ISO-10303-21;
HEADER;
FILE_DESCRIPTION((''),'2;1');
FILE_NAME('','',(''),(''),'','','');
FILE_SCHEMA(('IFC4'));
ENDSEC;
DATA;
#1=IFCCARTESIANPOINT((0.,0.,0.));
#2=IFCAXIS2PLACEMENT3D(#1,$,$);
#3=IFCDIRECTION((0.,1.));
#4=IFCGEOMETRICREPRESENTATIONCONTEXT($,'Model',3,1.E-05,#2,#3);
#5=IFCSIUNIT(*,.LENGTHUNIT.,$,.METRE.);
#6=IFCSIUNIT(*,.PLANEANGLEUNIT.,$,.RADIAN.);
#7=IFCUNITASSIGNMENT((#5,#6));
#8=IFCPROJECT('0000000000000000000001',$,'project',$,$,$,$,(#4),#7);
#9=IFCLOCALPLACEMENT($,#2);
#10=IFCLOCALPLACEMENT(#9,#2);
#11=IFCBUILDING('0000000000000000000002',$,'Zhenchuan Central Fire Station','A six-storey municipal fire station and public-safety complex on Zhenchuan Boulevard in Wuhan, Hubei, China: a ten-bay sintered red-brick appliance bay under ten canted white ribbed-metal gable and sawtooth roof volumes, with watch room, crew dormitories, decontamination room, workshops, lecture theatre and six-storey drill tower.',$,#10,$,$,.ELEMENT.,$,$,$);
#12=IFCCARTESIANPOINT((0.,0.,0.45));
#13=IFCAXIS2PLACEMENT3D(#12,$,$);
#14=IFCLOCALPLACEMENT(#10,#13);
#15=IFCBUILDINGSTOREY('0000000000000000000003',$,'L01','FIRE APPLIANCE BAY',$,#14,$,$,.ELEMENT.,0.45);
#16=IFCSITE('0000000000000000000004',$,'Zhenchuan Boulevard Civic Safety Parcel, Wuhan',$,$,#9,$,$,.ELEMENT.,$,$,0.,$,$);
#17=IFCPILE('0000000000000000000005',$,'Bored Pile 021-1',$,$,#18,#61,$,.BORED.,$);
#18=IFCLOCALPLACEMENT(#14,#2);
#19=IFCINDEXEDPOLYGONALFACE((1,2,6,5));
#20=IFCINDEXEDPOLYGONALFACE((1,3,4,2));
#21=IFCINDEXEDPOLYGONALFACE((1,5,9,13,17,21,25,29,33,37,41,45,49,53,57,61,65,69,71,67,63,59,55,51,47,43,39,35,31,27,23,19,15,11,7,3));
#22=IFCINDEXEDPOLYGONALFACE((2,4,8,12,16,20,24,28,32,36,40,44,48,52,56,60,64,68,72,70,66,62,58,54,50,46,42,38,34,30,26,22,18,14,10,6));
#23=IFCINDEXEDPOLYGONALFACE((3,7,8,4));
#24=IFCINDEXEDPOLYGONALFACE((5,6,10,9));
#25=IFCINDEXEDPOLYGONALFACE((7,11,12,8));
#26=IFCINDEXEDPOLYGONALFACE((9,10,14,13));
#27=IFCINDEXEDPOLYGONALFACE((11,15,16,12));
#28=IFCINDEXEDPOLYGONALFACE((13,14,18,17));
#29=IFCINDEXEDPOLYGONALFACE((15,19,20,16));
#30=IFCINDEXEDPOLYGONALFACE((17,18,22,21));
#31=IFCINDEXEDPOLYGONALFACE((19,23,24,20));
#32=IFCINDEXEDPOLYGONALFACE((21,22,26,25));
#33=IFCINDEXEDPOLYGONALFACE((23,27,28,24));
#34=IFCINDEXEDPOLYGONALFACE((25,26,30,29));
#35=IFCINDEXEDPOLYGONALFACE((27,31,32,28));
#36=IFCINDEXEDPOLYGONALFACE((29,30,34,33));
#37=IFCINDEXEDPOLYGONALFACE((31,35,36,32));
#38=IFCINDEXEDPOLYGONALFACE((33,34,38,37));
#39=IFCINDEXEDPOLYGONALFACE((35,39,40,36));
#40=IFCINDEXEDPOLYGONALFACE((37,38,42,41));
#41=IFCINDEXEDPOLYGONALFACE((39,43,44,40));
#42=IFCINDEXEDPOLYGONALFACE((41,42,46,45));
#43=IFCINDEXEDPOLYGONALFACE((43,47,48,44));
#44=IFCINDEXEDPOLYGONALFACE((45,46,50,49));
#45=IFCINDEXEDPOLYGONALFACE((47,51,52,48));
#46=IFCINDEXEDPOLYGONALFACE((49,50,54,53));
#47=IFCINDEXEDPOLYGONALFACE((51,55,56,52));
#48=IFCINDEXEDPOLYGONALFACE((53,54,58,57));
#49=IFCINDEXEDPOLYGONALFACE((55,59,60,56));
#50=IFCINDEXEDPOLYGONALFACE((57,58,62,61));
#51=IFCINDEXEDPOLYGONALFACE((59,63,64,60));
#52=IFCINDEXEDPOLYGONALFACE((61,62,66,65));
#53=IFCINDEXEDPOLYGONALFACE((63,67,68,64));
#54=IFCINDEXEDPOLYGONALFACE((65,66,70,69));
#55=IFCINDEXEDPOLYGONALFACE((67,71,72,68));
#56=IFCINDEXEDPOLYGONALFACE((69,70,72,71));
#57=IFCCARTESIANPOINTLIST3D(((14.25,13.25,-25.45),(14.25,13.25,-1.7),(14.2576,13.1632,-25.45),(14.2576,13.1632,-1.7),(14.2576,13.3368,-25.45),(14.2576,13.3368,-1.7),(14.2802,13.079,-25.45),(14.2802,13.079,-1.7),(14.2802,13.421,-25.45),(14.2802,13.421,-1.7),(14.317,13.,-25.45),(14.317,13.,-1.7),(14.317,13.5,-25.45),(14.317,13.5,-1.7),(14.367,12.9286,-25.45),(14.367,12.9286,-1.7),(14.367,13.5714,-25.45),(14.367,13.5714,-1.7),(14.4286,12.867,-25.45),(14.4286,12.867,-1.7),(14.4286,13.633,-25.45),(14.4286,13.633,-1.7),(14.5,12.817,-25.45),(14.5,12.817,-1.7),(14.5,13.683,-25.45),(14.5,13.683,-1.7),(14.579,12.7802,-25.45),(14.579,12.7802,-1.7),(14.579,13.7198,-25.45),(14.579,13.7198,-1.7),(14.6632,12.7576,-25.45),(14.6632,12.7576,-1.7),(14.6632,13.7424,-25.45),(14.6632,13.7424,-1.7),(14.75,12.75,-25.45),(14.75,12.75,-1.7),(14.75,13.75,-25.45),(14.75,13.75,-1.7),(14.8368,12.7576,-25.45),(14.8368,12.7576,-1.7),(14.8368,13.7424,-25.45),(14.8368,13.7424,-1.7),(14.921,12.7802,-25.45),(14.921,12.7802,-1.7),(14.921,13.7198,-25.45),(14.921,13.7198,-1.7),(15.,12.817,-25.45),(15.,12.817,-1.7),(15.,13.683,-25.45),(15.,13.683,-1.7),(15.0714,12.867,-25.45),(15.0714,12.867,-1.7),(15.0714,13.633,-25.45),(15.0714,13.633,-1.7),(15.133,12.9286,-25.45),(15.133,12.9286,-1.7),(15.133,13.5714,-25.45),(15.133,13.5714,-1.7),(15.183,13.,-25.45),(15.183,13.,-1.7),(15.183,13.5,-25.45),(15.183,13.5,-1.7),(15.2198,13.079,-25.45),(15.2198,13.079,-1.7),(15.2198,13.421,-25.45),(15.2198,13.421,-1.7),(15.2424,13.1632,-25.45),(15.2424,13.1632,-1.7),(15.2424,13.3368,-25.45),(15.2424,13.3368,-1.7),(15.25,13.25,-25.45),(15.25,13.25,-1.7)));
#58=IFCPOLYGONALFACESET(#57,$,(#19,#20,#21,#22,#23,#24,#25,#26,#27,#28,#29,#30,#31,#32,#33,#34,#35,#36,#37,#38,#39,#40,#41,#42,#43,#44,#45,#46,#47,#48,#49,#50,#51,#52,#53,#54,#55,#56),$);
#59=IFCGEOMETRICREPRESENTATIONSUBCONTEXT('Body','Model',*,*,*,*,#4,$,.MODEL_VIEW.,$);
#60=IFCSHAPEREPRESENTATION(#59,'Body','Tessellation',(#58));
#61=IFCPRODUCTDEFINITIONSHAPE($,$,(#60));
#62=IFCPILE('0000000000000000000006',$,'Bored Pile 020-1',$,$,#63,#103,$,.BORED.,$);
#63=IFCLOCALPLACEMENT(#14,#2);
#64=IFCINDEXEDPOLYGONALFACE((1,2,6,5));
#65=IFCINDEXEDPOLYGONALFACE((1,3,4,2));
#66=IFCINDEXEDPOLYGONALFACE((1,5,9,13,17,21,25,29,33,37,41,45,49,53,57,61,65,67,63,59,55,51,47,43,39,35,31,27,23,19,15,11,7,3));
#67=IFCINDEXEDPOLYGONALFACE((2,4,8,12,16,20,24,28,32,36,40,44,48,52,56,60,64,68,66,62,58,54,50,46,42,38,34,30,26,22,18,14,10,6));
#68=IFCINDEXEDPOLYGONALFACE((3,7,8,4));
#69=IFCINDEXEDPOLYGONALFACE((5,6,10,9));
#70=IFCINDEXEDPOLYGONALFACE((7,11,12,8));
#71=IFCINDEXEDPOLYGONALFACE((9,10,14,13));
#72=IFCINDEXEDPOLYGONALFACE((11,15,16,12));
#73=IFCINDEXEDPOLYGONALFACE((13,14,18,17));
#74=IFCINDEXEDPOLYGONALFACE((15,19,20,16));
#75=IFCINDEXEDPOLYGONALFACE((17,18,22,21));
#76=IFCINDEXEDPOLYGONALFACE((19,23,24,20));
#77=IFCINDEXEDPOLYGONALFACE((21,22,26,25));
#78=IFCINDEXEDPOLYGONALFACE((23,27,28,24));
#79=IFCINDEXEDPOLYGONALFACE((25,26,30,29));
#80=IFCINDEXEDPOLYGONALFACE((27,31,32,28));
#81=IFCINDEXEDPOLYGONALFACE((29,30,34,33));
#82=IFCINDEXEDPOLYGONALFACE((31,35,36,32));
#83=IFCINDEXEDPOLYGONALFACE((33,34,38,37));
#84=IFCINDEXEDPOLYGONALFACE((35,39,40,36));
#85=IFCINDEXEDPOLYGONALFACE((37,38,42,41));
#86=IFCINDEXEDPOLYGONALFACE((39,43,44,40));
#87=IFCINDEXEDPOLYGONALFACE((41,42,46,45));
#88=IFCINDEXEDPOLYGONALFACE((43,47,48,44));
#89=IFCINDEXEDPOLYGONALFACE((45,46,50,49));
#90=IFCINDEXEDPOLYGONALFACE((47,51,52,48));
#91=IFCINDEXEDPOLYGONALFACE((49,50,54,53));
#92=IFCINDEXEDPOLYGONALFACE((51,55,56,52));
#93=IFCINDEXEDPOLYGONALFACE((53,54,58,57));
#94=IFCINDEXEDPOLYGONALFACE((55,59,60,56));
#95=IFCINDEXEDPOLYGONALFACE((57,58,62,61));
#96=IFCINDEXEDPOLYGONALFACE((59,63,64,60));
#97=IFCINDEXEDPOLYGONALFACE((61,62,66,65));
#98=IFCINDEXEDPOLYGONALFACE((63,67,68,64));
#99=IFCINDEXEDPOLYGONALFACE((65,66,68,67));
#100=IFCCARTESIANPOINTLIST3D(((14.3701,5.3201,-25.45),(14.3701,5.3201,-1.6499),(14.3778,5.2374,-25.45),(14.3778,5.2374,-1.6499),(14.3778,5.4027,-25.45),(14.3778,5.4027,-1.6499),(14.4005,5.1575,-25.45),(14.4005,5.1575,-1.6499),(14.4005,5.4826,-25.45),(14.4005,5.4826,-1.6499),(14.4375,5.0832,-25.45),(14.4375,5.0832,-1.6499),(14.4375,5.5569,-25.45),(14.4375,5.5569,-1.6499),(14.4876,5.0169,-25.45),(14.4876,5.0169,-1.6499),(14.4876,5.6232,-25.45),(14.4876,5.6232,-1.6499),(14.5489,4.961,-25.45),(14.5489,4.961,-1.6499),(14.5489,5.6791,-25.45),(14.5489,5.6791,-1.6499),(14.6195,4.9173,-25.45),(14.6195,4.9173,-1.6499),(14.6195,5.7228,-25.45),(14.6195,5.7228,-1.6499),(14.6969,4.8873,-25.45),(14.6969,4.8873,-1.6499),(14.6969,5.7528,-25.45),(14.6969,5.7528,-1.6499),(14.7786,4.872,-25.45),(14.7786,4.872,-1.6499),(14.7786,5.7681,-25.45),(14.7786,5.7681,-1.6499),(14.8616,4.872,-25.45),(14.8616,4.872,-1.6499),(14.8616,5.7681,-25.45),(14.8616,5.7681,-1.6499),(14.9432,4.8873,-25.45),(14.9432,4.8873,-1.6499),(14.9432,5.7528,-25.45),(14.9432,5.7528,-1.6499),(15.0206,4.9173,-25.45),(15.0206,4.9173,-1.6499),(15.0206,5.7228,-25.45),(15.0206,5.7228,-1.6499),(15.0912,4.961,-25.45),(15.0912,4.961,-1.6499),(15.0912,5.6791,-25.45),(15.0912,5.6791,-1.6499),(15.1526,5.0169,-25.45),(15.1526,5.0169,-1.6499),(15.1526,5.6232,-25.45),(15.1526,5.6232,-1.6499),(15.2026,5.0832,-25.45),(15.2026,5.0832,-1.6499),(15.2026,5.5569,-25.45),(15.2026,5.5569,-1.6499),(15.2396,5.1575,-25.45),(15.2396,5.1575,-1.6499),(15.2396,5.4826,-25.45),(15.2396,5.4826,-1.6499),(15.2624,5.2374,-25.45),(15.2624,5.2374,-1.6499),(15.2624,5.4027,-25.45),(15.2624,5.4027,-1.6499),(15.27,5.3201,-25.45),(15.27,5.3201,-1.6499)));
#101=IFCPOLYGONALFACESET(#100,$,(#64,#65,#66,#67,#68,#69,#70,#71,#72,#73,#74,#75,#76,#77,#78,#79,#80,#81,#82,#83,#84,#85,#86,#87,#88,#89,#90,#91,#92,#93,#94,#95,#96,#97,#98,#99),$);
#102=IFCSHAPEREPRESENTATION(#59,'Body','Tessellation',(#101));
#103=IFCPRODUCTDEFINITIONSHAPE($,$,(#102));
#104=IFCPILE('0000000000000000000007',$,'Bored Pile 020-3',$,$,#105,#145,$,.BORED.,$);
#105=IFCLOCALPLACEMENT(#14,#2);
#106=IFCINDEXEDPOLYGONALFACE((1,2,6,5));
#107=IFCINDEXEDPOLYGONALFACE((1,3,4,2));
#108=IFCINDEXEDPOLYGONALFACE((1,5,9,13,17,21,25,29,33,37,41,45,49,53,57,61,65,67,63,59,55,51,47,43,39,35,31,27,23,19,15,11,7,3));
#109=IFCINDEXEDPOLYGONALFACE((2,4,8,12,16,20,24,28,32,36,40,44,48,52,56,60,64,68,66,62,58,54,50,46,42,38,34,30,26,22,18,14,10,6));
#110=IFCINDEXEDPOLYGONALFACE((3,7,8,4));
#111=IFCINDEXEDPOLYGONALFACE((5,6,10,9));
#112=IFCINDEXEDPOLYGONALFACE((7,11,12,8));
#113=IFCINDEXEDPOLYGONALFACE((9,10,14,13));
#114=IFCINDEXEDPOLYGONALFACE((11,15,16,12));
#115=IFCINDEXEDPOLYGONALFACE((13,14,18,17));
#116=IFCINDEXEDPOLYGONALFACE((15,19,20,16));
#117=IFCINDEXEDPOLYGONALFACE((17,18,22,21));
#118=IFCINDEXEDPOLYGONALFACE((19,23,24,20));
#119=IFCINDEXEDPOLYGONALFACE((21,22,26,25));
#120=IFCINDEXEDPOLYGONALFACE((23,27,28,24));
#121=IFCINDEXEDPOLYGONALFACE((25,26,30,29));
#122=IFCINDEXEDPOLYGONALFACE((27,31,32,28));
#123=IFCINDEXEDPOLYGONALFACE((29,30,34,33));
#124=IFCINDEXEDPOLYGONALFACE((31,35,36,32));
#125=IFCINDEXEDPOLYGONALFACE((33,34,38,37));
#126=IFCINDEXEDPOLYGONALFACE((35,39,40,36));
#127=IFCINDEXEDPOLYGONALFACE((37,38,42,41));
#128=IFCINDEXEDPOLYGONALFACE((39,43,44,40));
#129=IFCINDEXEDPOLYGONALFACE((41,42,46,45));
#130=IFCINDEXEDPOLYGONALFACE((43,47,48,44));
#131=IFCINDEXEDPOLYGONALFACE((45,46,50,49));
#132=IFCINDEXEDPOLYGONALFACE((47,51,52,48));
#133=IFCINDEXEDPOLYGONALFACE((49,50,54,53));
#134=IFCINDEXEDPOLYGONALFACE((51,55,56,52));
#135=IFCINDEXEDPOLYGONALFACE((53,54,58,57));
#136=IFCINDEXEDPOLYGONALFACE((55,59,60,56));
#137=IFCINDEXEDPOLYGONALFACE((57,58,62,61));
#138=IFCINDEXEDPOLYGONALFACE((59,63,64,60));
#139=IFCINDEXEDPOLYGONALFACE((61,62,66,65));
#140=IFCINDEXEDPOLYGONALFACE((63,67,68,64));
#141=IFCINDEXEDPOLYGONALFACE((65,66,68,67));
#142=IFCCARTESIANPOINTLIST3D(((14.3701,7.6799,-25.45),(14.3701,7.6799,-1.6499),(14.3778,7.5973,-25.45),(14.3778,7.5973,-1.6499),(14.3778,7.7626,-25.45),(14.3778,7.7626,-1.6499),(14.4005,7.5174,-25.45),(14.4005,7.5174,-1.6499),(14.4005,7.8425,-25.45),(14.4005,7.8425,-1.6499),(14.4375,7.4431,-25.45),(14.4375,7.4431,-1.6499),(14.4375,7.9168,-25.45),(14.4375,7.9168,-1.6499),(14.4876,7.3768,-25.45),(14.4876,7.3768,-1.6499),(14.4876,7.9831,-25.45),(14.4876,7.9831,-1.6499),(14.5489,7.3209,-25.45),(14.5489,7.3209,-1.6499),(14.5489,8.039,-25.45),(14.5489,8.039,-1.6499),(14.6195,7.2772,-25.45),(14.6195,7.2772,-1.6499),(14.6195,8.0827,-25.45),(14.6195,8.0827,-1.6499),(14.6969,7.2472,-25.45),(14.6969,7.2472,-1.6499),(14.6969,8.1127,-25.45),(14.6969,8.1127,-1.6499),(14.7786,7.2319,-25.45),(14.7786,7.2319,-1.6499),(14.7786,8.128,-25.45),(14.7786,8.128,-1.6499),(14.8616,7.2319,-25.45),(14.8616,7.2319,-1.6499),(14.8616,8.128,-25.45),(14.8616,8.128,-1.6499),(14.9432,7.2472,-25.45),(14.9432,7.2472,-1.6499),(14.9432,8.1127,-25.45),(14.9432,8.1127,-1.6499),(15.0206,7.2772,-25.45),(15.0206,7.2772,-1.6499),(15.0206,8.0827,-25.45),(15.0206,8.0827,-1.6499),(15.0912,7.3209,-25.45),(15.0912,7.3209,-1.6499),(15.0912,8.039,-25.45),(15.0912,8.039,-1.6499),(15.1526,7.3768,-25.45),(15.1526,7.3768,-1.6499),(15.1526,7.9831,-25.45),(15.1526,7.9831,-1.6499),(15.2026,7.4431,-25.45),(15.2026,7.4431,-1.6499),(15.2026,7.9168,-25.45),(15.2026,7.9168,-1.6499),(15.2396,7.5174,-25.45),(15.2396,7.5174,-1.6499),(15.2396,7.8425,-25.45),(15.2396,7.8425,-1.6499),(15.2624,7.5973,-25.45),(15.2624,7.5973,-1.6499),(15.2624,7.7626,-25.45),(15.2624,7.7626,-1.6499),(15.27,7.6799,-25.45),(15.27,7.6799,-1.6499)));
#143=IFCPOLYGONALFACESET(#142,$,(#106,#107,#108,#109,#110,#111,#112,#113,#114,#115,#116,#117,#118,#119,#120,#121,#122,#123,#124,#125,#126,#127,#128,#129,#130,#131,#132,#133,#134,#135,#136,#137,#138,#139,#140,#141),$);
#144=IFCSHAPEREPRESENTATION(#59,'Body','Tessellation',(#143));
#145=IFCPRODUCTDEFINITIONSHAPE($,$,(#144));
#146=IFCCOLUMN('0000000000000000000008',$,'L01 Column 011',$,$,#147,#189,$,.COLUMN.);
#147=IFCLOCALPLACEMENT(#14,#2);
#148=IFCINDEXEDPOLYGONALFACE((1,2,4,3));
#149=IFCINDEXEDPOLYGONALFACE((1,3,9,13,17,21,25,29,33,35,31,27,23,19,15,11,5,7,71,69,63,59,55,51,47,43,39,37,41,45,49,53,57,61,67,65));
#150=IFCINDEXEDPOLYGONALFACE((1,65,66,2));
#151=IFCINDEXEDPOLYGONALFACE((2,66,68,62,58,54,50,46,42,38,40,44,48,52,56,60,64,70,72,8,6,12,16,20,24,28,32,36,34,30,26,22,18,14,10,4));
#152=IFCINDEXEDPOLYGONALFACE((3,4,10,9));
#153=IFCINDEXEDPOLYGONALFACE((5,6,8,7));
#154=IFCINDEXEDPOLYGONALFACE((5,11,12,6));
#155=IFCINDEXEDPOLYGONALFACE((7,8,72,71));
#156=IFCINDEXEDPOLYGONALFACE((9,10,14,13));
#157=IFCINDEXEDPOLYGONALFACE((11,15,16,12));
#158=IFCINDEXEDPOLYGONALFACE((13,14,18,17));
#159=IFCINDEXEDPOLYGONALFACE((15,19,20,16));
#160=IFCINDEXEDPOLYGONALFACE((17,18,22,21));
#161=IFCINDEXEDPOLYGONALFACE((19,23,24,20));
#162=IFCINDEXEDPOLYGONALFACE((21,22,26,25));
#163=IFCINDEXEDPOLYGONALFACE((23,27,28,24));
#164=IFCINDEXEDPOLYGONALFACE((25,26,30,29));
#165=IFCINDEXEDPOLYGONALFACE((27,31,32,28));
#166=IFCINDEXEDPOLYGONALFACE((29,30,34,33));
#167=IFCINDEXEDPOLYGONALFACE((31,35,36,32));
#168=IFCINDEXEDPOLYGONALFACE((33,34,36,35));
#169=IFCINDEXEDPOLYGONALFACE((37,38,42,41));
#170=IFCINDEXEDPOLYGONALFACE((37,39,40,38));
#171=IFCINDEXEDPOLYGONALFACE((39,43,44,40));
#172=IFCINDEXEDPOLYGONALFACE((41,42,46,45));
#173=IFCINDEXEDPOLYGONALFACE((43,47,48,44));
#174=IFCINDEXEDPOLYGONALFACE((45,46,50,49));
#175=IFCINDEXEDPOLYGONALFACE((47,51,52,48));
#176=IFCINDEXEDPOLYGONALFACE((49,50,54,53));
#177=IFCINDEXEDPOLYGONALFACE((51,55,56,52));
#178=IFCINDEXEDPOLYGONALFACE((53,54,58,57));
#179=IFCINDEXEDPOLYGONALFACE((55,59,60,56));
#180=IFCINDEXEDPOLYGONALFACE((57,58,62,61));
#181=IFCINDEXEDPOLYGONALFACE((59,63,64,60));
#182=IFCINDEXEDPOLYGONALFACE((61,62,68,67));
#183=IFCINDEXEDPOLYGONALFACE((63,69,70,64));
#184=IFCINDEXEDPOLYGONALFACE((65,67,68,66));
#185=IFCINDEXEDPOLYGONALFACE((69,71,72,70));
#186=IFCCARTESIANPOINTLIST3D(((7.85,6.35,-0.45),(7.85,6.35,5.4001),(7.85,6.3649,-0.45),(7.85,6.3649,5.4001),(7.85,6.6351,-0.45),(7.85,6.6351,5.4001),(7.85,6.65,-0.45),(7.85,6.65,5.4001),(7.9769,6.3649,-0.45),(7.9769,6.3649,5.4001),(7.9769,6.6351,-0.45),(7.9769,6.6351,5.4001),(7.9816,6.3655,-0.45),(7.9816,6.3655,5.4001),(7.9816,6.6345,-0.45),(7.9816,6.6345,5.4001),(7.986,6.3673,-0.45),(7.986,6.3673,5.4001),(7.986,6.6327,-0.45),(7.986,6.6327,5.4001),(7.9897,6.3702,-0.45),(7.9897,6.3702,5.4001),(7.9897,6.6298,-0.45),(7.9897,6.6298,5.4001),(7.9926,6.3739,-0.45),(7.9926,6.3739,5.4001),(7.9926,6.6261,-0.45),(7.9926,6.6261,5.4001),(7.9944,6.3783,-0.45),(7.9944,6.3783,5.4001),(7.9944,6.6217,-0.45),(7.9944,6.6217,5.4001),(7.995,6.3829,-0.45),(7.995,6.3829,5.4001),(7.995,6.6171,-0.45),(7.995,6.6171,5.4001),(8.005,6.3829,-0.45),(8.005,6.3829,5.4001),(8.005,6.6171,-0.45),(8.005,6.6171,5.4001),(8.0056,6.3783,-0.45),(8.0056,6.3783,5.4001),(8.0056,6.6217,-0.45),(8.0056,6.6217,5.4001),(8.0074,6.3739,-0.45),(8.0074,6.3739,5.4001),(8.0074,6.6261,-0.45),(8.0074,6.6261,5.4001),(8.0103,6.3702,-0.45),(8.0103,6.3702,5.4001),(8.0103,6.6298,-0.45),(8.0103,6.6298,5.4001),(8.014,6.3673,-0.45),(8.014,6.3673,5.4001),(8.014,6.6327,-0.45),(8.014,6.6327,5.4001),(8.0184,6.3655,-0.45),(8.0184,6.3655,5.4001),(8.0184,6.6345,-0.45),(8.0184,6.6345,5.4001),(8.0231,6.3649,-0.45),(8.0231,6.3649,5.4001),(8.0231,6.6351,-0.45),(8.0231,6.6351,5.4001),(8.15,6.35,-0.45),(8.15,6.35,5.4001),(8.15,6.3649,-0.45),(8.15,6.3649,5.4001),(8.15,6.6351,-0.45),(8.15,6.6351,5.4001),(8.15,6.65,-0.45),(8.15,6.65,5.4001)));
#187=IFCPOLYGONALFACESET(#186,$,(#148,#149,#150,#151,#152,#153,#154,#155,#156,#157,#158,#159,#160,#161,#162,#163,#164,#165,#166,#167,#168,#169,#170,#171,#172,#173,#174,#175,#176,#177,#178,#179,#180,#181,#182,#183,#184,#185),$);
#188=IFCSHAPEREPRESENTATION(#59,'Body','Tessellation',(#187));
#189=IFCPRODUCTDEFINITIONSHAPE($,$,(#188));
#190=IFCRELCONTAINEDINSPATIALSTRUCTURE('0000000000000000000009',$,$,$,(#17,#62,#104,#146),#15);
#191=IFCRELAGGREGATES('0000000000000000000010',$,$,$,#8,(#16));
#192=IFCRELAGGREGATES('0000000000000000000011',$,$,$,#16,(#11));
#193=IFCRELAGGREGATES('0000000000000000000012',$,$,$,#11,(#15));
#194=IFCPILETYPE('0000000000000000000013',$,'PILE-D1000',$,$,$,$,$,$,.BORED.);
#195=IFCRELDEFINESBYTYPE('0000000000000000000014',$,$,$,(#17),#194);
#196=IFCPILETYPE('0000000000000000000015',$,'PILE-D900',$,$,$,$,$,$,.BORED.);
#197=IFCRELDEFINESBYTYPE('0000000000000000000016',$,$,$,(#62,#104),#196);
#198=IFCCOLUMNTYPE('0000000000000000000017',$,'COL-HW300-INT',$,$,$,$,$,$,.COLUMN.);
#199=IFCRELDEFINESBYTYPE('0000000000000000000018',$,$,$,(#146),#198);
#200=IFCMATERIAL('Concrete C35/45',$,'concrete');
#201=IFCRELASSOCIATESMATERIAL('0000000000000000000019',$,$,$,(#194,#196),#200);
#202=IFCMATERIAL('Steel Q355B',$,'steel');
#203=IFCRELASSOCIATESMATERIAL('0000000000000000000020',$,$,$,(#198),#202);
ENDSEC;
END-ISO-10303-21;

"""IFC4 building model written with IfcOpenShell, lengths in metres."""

from ifc_helpers import new_model, si_unit, direction, frame, origin, origin_2d, place, context, subcontext, project, spatial, circle, i_section, extrude, material, material_profile, profile_set, type_object, element, save


model = new_model("IFC4")

# Units and contexts
model_context = context("Model", 3, precision=1e-05, world=origin(), true_north=direction((0.0, 1.0)))
body_context = subcontext(model_context, "Body", "Model", "MODEL_VIEW")
ifc_project = project(units=[si_unit("LENGTHUNIT", "METRE"), si_unit("PLANEANGLEUNIT", "RADIAN")], contexts=[model_context])

# Site, building, storey
site_placement = place(None, origin())
site = spatial("IfcSite", under=ifc_project, at=site_placement, Name="Zhenchuan Boulevard Civic Safety Parcel, Wuhan", CompositionType="ELEMENT", RefElevation=0.0)
building_placement = place(site_placement, origin())
building = spatial("IfcBuilding", under=site, at=building_placement, Name="Zhenchuan Central Fire Station", Description="A six-storey municipal fire station and public-safety complex on Zhenchuan Boulevard in Wuhan, Hubei, China: a ten-bay sintered red-brick appliance bay under ten canted white ribbed-metal gable and sawtooth roof volumes, with watch room, crew dormitories, decontamination room, workshops, lecture theatre and six-storey drill tower.", CompositionType="ELEMENT")
storey_placement = place(building_placement, frame((0.0, 0.0, 0.45)))
storey = spatial("IfcBuildingStorey", under=building, at=storey_placement, Name="L01", Description="FIRE APPLIANCE BAY", CompositionType="ELEMENT", Elevation=0.45)

# Piles
ifc_material_1 = material(Name="Concrete C35/45", Category="concrete")
ifc_material_profile_1 = material_profile(ifc_material_1, circle(Radius=0.5, at=origin_2d()), Name="PILE D1000")
ifc_profile_set_1 = profile_set([ifc_material_profile_1], Name="Concrete C35/45")
pile_type_1 = type_object("IfcPileType", Name="PILE-D1000", PredefinedType="BORED", material=ifc_profile_set_1)
pile_1_placement = place(storey_placement, frame((14.75, 13.25, -1.7), z_axis=(0.0, 0.0, -1.0), x_axis=(1.0, 0.0, 0.0)))
element("IfcPile", 1, at=pile_1_placement, inside=storey, type_object=pile_type_1, Name="Bored Pile 021-1", PredefinedType="BORED", context=body_context, shape_type="SweptSolid", body=[
    extrude(circle(Radius=0.5, at=origin_2d()), origin(), (0.0, 0.0, 1.0), 23.75),
])
ifc_material_profile_2 = material_profile(ifc_material_1, circle(Radius=0.45, at=origin_2d()), Name="PILE D900")
ifc_profile_set_2 = profile_set([ifc_material_profile_2], Name="Concrete C35/45")
pile_type_2 = type_object("IfcPileType", Name="PILE-D900", PredefinedType="BORED", material=ifc_profile_set_2)
for number, where, z_axis, x_axis, name in (
    (2, (14.8201, 5.3201, -1.6499), (0.0, 0.0, -1.0), (1.0, 0.0, 0.0), "Bored Pile 020-1"),
    (3, (14.8201, 7.6799, -1.6499), (0.0, 0.0, -1.0), (1.0, 0.0, 0.0), "Bored Pile 020-3"),
):
    element("IfcPile", number, at=place(storey_placement, frame(where, z_axis=z_axis, x_axis=x_axis)), inside=storey, type_object=pile_type_2, Name=name, PredefinedType="BORED", context=body_context, shape_type="SweptSolid", body=[
        extrude(circle(Radius=0.45, at=origin_2d()), origin(), (0.0, 0.0, 1.0), 23.8),
    ])

# Column
ifc_material_2 = material(Name="Steel Q355B", Category="steel")
ifc_material_profile_3 = material_profile(ifc_material_2, i_section(OverallWidth=0.3, OverallDepth=0.3, WebThickness=0.01, FlangeThickness=0.0149, FilletRadius=0.0181, at=origin_2d()), Name="HW 300x300")
ifc_profile_set_3 = profile_set([ifc_material_profile_3], Name="Steel Q355B")
column_type = type_object("IfcColumnType", Name="COL-HW300-INT", PredefinedType="COLUMN", material=ifc_profile_set_3)
for number, where, z_axis, x_axis, name in (
    (4, (8.0, 6.5, -0.45), (0.0, 0.0, 1.0), (1.0, 0.0, 0.0), "L01 Column 011"),
):
    element("IfcColumn", number, at=place(storey_placement, frame(where, z_axis=z_axis, x_axis=x_axis)), inside=storey, type_object=column_type, Name=name, PredefinedType="COLUMN", context=body_context, shape_type="SweptSolid", body=[
        extrude(i_section(OverallWidth=0.3, OverallDepth=0.3, WebThickness=0.01, FlangeThickness=0.0149, FilletRadius=0.0181, at=origin_2d()), origin(), (0.0, 0.0, 1.0), 5.8501),
    ])

save(model, "model.ifc")
